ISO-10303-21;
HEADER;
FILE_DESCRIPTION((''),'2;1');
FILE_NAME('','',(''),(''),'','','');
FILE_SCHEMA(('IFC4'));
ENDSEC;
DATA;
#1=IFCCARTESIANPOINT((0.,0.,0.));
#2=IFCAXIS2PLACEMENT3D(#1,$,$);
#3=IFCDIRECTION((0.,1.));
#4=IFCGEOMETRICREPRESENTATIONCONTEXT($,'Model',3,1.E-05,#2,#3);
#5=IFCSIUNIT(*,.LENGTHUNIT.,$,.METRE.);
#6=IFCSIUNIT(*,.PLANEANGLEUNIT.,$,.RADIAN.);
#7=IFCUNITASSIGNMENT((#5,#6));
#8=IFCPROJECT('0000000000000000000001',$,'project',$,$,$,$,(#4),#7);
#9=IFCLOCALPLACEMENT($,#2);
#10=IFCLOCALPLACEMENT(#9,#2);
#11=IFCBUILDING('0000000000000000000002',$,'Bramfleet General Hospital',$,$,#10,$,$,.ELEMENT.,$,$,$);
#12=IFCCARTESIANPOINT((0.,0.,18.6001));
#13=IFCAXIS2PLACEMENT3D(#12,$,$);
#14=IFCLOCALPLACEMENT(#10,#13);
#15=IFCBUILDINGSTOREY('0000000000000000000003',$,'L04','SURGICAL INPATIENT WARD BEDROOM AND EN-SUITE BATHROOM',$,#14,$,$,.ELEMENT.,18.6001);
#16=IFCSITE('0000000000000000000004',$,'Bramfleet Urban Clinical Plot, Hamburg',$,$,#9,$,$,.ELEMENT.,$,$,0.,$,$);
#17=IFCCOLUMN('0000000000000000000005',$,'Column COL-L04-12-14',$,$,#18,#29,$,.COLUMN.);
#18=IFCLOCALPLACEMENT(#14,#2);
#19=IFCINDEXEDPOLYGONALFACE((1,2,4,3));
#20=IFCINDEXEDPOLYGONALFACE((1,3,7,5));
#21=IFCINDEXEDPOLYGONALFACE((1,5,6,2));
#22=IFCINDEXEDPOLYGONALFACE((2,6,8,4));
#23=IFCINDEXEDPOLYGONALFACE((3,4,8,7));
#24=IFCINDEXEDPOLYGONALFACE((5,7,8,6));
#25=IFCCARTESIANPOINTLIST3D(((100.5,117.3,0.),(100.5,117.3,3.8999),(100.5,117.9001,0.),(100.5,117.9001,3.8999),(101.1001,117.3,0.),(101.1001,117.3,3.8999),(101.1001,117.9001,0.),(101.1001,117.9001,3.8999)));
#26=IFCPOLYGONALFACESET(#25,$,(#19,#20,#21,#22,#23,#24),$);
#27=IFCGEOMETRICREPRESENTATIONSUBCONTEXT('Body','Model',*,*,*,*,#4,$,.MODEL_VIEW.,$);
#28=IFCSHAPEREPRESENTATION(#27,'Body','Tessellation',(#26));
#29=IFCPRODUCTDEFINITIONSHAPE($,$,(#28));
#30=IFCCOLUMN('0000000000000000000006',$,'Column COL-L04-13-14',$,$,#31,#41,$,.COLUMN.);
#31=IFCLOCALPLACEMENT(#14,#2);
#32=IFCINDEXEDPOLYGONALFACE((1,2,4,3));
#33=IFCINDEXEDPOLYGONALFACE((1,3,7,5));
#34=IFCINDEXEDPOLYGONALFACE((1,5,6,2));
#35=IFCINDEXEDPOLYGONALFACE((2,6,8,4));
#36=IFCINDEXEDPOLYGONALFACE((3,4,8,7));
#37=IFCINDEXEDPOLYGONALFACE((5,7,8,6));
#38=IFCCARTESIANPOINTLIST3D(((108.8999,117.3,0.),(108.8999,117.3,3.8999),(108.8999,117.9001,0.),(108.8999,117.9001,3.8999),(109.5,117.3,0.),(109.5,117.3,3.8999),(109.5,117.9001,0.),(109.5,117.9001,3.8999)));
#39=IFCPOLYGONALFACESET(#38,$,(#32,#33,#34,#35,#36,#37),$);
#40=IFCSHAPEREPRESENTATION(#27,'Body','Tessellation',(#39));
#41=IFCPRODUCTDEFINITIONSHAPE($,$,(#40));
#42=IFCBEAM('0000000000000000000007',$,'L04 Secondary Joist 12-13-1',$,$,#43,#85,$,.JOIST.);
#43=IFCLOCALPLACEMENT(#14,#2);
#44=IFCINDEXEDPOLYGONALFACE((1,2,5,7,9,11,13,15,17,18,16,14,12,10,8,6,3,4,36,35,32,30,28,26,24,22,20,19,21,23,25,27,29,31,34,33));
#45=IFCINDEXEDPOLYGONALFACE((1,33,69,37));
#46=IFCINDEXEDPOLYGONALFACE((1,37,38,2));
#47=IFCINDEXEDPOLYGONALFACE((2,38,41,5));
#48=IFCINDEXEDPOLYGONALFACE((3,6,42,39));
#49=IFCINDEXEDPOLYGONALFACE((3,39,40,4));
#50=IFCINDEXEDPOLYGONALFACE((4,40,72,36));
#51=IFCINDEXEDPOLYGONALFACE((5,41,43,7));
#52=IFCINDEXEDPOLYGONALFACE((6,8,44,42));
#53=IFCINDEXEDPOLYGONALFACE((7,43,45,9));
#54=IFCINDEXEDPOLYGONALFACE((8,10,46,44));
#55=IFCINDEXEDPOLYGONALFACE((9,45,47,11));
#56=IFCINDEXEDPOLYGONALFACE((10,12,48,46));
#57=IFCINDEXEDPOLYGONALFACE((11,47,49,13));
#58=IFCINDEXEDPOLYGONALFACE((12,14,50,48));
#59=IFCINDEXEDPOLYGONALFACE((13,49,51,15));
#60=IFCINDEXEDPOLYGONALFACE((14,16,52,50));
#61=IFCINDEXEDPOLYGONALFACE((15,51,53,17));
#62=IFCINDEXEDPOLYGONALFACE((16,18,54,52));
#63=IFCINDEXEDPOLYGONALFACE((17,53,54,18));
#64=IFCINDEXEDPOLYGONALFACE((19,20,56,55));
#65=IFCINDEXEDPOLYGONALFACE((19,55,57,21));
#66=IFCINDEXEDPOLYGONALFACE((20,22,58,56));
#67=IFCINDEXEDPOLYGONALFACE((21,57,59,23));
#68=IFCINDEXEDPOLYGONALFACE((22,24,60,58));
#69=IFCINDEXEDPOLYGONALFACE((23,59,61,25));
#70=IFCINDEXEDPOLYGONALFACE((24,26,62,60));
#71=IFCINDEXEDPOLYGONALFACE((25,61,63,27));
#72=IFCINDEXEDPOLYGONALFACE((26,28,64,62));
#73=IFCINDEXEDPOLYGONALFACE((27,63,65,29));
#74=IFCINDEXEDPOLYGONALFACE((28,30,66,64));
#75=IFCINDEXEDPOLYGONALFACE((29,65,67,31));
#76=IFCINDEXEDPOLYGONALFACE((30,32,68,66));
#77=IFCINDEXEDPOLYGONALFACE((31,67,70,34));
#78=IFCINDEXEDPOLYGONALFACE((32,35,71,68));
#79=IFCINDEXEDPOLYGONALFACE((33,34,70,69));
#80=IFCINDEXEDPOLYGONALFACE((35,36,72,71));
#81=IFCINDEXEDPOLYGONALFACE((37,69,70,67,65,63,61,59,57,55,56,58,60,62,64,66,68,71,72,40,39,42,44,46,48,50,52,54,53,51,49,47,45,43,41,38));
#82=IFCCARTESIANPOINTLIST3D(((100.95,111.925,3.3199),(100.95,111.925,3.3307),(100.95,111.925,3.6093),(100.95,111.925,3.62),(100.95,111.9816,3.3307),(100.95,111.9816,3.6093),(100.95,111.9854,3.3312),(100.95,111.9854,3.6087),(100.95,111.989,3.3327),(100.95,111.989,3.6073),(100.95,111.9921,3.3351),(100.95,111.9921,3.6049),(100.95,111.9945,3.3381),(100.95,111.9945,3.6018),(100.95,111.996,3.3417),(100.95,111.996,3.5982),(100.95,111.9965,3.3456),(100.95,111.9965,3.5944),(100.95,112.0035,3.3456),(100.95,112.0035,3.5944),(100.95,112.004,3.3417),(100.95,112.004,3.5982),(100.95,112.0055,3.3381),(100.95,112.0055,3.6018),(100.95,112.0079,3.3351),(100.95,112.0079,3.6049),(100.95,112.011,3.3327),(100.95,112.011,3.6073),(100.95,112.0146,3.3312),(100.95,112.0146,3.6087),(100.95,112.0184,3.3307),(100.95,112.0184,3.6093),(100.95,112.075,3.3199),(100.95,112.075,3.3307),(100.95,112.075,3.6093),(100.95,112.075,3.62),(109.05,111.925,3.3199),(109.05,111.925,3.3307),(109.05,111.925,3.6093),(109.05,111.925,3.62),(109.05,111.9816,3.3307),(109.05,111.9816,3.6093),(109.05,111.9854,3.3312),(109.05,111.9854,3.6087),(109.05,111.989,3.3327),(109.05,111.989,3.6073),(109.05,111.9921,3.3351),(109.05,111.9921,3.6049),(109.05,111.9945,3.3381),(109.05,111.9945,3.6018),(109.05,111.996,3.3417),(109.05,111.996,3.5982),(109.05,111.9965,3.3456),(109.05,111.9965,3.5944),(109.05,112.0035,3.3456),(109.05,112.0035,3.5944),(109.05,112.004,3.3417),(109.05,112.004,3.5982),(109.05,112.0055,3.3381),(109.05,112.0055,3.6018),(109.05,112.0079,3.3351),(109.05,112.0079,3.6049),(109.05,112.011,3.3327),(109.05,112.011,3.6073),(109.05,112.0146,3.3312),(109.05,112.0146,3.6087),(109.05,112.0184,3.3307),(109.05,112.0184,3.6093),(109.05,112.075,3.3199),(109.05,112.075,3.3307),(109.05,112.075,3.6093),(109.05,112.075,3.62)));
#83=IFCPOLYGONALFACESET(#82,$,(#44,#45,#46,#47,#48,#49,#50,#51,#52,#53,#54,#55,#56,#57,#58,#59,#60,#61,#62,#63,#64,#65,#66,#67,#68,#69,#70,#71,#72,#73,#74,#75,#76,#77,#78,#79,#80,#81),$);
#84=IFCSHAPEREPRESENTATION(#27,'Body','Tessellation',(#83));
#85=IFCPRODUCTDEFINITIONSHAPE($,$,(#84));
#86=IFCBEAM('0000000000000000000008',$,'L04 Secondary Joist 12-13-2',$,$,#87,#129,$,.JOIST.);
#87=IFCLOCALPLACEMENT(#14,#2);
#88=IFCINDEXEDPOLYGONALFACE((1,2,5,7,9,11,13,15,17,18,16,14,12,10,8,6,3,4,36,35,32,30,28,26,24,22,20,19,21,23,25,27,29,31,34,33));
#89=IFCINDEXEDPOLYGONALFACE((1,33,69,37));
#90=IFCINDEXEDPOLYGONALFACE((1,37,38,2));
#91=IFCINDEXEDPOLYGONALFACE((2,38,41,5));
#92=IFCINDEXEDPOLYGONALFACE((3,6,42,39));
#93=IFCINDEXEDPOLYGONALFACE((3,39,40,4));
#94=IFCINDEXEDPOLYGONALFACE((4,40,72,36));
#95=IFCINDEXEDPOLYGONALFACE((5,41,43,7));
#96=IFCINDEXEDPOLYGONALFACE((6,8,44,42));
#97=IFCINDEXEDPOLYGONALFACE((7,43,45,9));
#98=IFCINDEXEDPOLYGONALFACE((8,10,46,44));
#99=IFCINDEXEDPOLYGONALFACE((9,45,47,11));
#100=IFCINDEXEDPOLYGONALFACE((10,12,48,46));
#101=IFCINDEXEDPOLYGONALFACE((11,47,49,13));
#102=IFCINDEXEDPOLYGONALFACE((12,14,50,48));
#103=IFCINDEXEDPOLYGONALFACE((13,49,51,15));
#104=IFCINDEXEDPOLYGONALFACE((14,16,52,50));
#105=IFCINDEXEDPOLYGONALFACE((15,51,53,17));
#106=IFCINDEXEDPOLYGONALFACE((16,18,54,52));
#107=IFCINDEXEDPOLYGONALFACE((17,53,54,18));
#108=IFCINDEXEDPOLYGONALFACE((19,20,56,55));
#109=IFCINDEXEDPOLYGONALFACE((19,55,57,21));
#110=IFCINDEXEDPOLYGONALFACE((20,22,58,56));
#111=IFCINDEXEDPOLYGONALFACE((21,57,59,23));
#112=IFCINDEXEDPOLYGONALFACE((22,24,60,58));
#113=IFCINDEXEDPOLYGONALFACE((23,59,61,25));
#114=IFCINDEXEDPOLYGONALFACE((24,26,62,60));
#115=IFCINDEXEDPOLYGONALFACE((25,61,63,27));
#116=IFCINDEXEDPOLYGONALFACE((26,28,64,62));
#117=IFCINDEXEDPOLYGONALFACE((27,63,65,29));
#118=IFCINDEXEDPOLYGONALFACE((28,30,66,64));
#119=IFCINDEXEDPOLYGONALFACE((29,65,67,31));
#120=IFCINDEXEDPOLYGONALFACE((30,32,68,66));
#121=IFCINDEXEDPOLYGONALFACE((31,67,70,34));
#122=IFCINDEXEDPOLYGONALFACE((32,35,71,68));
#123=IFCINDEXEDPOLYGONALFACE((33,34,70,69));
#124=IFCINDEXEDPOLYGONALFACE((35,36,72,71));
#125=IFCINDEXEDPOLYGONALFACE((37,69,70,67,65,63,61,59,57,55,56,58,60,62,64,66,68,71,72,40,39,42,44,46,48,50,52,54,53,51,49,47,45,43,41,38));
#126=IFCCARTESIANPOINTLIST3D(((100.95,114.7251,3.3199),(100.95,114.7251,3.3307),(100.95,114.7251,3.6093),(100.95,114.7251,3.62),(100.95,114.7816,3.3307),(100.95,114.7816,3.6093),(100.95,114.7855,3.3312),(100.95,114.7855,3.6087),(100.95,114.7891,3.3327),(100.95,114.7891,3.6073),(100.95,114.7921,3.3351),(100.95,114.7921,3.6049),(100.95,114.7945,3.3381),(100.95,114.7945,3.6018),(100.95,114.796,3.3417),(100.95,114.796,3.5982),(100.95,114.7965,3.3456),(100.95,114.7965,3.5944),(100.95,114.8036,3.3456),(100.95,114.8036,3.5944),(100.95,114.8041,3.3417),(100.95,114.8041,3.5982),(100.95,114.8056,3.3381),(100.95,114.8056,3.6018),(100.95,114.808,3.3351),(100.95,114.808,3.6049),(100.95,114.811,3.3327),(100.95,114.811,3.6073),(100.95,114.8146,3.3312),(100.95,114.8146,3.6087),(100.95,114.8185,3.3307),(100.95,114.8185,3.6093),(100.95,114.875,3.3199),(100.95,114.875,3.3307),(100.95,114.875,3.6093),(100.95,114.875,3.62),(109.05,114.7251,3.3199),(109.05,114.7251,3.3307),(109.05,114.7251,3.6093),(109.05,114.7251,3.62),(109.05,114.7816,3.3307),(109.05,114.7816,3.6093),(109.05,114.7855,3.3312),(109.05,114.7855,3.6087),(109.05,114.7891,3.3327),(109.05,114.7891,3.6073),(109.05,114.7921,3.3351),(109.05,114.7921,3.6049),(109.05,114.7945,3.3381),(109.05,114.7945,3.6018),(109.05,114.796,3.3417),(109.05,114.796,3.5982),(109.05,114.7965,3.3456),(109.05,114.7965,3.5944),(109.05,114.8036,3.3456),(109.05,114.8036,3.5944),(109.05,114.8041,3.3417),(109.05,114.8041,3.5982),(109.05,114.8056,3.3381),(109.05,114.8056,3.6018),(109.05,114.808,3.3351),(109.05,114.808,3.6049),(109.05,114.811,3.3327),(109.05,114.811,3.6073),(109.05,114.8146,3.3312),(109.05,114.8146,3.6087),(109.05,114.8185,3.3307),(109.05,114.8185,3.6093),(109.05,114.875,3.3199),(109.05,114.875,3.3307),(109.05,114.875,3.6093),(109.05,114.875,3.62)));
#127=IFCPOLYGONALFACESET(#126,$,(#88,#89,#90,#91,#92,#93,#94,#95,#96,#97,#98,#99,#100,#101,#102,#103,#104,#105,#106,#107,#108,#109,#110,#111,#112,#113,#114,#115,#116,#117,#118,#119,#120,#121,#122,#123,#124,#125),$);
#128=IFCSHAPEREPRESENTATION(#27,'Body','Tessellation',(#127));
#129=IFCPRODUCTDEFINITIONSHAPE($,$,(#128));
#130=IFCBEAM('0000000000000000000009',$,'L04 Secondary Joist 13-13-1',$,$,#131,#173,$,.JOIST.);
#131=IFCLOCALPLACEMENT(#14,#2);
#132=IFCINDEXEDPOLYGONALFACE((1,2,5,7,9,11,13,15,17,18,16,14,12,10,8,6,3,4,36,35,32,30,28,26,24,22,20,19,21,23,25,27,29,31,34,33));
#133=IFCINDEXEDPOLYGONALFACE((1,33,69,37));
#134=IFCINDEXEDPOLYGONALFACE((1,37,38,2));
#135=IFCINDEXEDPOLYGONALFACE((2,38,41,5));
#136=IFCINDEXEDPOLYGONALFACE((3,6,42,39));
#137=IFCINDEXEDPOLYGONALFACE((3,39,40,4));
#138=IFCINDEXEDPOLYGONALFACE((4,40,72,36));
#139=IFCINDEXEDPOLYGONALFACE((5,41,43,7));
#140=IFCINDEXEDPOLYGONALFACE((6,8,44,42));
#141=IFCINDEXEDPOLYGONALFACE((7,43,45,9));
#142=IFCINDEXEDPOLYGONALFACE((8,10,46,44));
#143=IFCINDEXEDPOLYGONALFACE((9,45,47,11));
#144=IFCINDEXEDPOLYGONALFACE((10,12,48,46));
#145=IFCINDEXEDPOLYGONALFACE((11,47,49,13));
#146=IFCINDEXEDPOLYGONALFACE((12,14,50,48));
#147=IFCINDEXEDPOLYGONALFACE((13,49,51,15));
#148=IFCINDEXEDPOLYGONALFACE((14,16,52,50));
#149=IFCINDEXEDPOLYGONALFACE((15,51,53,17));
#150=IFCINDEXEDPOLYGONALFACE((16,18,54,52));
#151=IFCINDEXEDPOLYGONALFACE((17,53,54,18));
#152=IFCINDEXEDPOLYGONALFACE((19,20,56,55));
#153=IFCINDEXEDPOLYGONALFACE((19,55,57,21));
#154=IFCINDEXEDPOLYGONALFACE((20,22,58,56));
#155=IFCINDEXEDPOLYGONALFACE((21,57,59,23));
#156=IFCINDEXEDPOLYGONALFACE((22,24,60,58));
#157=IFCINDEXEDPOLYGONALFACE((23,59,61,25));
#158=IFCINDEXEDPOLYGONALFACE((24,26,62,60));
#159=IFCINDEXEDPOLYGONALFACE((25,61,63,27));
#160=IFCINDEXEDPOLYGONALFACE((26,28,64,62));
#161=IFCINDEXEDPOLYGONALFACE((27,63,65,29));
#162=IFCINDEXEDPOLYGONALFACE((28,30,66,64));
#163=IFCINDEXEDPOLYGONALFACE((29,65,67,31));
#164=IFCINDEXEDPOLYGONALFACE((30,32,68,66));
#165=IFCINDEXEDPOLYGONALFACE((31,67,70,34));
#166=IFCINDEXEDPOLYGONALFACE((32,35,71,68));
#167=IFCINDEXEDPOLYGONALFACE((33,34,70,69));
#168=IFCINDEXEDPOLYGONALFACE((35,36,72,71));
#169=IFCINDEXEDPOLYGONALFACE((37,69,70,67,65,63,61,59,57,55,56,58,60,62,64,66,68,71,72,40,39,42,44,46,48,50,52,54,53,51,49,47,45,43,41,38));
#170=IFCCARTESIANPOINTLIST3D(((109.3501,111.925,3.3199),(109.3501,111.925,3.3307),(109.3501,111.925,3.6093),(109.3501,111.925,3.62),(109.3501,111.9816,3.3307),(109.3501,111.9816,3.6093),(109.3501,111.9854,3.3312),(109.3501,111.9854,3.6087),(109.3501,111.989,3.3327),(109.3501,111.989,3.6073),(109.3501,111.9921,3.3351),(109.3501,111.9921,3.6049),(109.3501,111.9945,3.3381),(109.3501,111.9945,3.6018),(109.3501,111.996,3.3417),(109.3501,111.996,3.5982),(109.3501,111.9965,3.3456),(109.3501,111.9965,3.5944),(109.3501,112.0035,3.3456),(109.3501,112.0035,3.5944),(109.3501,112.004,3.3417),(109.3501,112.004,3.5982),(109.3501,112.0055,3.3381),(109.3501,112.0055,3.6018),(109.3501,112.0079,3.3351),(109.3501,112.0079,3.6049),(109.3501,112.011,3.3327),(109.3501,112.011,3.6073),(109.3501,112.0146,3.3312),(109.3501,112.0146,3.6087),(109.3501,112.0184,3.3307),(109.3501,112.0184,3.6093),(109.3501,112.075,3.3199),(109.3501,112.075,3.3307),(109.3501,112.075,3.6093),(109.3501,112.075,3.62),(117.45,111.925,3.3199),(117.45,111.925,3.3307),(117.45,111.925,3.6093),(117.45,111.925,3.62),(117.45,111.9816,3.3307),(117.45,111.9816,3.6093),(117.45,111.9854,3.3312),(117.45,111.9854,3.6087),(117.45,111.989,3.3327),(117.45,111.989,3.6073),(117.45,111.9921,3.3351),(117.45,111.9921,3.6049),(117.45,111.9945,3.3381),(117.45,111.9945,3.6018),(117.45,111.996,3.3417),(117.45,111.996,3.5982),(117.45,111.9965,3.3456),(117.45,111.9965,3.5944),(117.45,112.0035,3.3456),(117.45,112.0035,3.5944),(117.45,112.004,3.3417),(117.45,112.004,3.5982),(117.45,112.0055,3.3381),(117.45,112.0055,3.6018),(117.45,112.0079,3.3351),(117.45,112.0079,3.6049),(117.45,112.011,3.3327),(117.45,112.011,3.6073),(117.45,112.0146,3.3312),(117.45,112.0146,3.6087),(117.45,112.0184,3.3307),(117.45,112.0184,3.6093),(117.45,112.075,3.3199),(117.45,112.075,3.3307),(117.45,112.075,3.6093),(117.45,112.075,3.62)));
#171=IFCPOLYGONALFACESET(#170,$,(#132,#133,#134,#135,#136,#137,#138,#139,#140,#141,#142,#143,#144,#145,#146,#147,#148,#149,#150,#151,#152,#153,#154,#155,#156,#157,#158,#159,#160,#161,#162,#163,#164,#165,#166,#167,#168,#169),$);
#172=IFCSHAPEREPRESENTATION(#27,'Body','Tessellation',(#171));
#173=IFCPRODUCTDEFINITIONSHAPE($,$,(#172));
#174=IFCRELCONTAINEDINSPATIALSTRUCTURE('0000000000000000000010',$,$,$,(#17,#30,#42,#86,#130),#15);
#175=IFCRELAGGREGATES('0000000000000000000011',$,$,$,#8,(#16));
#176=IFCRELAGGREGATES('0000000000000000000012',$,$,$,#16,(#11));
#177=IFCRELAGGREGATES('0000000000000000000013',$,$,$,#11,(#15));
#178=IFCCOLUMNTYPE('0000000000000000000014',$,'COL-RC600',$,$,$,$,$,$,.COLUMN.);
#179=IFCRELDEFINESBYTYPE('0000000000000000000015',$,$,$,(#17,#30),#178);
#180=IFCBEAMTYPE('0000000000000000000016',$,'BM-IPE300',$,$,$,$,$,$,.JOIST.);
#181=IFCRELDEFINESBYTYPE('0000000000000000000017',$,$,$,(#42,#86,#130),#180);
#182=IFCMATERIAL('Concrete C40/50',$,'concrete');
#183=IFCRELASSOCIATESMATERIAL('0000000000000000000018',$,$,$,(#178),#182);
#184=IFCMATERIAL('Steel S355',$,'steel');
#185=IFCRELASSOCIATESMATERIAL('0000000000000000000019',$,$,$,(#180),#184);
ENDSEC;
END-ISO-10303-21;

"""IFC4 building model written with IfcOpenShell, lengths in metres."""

from ifc_helpers import new_model, si_unit, direction, frame, origin, origin_2d, place, context, subcontext, project, spatial, rectangle, i_section, extrude, material, material_profile, profile_set, type_object, element, save


model = new_model("IFC4")

# Units and contexts
model_context = context("Model", 3, precision=1e-05, world=origin(), true_north=direction((0.0, 1.0)))
body_context = subcontext(model_context, "Body", "Model", "MODEL_VIEW")
ifc_project = project(units=[si_unit("LENGTHUNIT", "METRE"), si_unit("PLANEANGLEUNIT", "RADIAN")], contexts=[model_context])

# Site, building, storey
site_placement = place(None, origin())
site = spatial("IfcSite", under=ifc_project, at=site_placement, Name="Bramfleet Urban Clinical Plot, Hamburg", CompositionType="ELEMENT", RefElevation=0.0)
building_placement = place(site_placement, origin())
building = spatial("IfcBuilding", under=site, at=building_placement, Name="Bramfleet General Hospital", CompositionType="ELEMENT")
storey_placement = place(building_placement, frame((0.0, 0.0, 18.6001)))
storey = spatial("IfcBuildingStorey", under=building, at=storey_placement, Name="L04", Description="SURGICAL INPATIENT WARD BEDROOM AND EN-SUITE BATHROOM", CompositionType="ELEMENT", Elevation=18.6001)

# Columns
ifc_material_1 = material(Name="Concrete C40/50", Category="concrete")
ifc_material_profile_1 = material_profile(ifc_material_1, rectangle(XDim=0.6001, YDim=0.6001, at=origin_2d()), Name="RC COL 600x600")
ifc_profile_set_1 = profile_set([ifc_material_profile_1], Name="Concrete C40/50")
column_type = type_object("IfcColumnType", Name="COL-RC600", PredefinedType="COLUMN", material=ifc_profile_set_1)
for number, where, z_axis, x_axis, name in (
    (1, (100.8, 117.6001, 0.0), (0.0, 0.0, 1.0), (1.0, 0.0, 0.0), "Column COL-L04-12-14"),
    (2, (109.2, 117.6001, 0.0), (0.0, 0.0, 1.0), (1.0, 0.0, 0.0), "Column COL-L04-13-14"),
):
    element("IfcColumn", number, at=place(storey_placement, frame(where, z_axis=z_axis, x_axis=x_axis)), inside=storey, type_object=column_type, Name=name, PredefinedType="COLUMN", context=body_context, shape_type="SweptSolid", body=[
        extrude(rectangle(XDim=0.6001, YDim=0.6001, at=origin_2d()), origin(), (0.0, 0.0, 1.0), 3.8999),
    ])

# Beams
ifc_material_2 = material(Name="Steel S355", Category="steel")
ifc_material_profile_2 = material_profile(ifc_material_2, i_section(OverallWidth=0.1499, OverallDepth=0.3, WebThickness=0.0071, FlangeThickness=0.0107, FilletRadius=0.0149, at=origin_2d()), Name="IPE 300")
ifc_profile_set_2 = profile_set([ifc_material_profile_2], Name="Steel S355")
beam_type_1 = type_object("IfcBeamType", Name="BM-IPE300", PredefinedType="JOIST", material=ifc_profile_set_2)
for number, where, z_axis, x_axis, name in (
    (3, (100.95, 112.0, 3.47), (1.0, 0.0, 0.0), (0.0, 1.0, 0.0), "L04 Secondary Joist 12-13-1"),
    (4, (100.95, 114.8, 3.47), (1.0, 0.0, 0.0), (0.0, 1.0, 0.0), "L04 Secondary Joist 12-13-2"),
):
    element("IfcBeam", number, at=place(storey_placement, frame(where, z_axis=z_axis, x_axis=x_axis)), inside=storey, type_object=beam_type_1, Name=name, PredefinedType="JOIST", context=body_context, shape_type="SweptSolid", body=[
        extrude(i_section(OverallWidth=0.1499, OverallDepth=0.3, WebThickness=0.0071, FlangeThickness=0.0107, FilletRadius=0.0149, at=origin_2d()), origin(), (0.0, 0.0, 1.0), 8.1001),
    ])
for number, where, z_axis, x_axis, name in (
    (5, (109.3501, 112.0, 3.47), (1.0, 0.0, 0.0), (0.0, 1.0, 0.0), "L04 Secondary Joist 13-13-1"),
):
    element("IfcBeam", number, at=place(storey_placement, frame(where, z_axis=z_axis, x_axis=x_axis)), inside=storey, type_object=beam_type_1, Name=name, PredefinedType="JOIST", context=body_context, shape_type="SweptSolid", body=[
        extrude(i_section(OverallWidth=0.1499, OverallDepth=0.3, WebThickness=0.0071, FlangeThickness=0.0107, FilletRadius=0.0149, at=origin_2d()), origin(), (0.0, 0.0, 1.0), 8.0999),
    ])

save(model, "model.ifc")
